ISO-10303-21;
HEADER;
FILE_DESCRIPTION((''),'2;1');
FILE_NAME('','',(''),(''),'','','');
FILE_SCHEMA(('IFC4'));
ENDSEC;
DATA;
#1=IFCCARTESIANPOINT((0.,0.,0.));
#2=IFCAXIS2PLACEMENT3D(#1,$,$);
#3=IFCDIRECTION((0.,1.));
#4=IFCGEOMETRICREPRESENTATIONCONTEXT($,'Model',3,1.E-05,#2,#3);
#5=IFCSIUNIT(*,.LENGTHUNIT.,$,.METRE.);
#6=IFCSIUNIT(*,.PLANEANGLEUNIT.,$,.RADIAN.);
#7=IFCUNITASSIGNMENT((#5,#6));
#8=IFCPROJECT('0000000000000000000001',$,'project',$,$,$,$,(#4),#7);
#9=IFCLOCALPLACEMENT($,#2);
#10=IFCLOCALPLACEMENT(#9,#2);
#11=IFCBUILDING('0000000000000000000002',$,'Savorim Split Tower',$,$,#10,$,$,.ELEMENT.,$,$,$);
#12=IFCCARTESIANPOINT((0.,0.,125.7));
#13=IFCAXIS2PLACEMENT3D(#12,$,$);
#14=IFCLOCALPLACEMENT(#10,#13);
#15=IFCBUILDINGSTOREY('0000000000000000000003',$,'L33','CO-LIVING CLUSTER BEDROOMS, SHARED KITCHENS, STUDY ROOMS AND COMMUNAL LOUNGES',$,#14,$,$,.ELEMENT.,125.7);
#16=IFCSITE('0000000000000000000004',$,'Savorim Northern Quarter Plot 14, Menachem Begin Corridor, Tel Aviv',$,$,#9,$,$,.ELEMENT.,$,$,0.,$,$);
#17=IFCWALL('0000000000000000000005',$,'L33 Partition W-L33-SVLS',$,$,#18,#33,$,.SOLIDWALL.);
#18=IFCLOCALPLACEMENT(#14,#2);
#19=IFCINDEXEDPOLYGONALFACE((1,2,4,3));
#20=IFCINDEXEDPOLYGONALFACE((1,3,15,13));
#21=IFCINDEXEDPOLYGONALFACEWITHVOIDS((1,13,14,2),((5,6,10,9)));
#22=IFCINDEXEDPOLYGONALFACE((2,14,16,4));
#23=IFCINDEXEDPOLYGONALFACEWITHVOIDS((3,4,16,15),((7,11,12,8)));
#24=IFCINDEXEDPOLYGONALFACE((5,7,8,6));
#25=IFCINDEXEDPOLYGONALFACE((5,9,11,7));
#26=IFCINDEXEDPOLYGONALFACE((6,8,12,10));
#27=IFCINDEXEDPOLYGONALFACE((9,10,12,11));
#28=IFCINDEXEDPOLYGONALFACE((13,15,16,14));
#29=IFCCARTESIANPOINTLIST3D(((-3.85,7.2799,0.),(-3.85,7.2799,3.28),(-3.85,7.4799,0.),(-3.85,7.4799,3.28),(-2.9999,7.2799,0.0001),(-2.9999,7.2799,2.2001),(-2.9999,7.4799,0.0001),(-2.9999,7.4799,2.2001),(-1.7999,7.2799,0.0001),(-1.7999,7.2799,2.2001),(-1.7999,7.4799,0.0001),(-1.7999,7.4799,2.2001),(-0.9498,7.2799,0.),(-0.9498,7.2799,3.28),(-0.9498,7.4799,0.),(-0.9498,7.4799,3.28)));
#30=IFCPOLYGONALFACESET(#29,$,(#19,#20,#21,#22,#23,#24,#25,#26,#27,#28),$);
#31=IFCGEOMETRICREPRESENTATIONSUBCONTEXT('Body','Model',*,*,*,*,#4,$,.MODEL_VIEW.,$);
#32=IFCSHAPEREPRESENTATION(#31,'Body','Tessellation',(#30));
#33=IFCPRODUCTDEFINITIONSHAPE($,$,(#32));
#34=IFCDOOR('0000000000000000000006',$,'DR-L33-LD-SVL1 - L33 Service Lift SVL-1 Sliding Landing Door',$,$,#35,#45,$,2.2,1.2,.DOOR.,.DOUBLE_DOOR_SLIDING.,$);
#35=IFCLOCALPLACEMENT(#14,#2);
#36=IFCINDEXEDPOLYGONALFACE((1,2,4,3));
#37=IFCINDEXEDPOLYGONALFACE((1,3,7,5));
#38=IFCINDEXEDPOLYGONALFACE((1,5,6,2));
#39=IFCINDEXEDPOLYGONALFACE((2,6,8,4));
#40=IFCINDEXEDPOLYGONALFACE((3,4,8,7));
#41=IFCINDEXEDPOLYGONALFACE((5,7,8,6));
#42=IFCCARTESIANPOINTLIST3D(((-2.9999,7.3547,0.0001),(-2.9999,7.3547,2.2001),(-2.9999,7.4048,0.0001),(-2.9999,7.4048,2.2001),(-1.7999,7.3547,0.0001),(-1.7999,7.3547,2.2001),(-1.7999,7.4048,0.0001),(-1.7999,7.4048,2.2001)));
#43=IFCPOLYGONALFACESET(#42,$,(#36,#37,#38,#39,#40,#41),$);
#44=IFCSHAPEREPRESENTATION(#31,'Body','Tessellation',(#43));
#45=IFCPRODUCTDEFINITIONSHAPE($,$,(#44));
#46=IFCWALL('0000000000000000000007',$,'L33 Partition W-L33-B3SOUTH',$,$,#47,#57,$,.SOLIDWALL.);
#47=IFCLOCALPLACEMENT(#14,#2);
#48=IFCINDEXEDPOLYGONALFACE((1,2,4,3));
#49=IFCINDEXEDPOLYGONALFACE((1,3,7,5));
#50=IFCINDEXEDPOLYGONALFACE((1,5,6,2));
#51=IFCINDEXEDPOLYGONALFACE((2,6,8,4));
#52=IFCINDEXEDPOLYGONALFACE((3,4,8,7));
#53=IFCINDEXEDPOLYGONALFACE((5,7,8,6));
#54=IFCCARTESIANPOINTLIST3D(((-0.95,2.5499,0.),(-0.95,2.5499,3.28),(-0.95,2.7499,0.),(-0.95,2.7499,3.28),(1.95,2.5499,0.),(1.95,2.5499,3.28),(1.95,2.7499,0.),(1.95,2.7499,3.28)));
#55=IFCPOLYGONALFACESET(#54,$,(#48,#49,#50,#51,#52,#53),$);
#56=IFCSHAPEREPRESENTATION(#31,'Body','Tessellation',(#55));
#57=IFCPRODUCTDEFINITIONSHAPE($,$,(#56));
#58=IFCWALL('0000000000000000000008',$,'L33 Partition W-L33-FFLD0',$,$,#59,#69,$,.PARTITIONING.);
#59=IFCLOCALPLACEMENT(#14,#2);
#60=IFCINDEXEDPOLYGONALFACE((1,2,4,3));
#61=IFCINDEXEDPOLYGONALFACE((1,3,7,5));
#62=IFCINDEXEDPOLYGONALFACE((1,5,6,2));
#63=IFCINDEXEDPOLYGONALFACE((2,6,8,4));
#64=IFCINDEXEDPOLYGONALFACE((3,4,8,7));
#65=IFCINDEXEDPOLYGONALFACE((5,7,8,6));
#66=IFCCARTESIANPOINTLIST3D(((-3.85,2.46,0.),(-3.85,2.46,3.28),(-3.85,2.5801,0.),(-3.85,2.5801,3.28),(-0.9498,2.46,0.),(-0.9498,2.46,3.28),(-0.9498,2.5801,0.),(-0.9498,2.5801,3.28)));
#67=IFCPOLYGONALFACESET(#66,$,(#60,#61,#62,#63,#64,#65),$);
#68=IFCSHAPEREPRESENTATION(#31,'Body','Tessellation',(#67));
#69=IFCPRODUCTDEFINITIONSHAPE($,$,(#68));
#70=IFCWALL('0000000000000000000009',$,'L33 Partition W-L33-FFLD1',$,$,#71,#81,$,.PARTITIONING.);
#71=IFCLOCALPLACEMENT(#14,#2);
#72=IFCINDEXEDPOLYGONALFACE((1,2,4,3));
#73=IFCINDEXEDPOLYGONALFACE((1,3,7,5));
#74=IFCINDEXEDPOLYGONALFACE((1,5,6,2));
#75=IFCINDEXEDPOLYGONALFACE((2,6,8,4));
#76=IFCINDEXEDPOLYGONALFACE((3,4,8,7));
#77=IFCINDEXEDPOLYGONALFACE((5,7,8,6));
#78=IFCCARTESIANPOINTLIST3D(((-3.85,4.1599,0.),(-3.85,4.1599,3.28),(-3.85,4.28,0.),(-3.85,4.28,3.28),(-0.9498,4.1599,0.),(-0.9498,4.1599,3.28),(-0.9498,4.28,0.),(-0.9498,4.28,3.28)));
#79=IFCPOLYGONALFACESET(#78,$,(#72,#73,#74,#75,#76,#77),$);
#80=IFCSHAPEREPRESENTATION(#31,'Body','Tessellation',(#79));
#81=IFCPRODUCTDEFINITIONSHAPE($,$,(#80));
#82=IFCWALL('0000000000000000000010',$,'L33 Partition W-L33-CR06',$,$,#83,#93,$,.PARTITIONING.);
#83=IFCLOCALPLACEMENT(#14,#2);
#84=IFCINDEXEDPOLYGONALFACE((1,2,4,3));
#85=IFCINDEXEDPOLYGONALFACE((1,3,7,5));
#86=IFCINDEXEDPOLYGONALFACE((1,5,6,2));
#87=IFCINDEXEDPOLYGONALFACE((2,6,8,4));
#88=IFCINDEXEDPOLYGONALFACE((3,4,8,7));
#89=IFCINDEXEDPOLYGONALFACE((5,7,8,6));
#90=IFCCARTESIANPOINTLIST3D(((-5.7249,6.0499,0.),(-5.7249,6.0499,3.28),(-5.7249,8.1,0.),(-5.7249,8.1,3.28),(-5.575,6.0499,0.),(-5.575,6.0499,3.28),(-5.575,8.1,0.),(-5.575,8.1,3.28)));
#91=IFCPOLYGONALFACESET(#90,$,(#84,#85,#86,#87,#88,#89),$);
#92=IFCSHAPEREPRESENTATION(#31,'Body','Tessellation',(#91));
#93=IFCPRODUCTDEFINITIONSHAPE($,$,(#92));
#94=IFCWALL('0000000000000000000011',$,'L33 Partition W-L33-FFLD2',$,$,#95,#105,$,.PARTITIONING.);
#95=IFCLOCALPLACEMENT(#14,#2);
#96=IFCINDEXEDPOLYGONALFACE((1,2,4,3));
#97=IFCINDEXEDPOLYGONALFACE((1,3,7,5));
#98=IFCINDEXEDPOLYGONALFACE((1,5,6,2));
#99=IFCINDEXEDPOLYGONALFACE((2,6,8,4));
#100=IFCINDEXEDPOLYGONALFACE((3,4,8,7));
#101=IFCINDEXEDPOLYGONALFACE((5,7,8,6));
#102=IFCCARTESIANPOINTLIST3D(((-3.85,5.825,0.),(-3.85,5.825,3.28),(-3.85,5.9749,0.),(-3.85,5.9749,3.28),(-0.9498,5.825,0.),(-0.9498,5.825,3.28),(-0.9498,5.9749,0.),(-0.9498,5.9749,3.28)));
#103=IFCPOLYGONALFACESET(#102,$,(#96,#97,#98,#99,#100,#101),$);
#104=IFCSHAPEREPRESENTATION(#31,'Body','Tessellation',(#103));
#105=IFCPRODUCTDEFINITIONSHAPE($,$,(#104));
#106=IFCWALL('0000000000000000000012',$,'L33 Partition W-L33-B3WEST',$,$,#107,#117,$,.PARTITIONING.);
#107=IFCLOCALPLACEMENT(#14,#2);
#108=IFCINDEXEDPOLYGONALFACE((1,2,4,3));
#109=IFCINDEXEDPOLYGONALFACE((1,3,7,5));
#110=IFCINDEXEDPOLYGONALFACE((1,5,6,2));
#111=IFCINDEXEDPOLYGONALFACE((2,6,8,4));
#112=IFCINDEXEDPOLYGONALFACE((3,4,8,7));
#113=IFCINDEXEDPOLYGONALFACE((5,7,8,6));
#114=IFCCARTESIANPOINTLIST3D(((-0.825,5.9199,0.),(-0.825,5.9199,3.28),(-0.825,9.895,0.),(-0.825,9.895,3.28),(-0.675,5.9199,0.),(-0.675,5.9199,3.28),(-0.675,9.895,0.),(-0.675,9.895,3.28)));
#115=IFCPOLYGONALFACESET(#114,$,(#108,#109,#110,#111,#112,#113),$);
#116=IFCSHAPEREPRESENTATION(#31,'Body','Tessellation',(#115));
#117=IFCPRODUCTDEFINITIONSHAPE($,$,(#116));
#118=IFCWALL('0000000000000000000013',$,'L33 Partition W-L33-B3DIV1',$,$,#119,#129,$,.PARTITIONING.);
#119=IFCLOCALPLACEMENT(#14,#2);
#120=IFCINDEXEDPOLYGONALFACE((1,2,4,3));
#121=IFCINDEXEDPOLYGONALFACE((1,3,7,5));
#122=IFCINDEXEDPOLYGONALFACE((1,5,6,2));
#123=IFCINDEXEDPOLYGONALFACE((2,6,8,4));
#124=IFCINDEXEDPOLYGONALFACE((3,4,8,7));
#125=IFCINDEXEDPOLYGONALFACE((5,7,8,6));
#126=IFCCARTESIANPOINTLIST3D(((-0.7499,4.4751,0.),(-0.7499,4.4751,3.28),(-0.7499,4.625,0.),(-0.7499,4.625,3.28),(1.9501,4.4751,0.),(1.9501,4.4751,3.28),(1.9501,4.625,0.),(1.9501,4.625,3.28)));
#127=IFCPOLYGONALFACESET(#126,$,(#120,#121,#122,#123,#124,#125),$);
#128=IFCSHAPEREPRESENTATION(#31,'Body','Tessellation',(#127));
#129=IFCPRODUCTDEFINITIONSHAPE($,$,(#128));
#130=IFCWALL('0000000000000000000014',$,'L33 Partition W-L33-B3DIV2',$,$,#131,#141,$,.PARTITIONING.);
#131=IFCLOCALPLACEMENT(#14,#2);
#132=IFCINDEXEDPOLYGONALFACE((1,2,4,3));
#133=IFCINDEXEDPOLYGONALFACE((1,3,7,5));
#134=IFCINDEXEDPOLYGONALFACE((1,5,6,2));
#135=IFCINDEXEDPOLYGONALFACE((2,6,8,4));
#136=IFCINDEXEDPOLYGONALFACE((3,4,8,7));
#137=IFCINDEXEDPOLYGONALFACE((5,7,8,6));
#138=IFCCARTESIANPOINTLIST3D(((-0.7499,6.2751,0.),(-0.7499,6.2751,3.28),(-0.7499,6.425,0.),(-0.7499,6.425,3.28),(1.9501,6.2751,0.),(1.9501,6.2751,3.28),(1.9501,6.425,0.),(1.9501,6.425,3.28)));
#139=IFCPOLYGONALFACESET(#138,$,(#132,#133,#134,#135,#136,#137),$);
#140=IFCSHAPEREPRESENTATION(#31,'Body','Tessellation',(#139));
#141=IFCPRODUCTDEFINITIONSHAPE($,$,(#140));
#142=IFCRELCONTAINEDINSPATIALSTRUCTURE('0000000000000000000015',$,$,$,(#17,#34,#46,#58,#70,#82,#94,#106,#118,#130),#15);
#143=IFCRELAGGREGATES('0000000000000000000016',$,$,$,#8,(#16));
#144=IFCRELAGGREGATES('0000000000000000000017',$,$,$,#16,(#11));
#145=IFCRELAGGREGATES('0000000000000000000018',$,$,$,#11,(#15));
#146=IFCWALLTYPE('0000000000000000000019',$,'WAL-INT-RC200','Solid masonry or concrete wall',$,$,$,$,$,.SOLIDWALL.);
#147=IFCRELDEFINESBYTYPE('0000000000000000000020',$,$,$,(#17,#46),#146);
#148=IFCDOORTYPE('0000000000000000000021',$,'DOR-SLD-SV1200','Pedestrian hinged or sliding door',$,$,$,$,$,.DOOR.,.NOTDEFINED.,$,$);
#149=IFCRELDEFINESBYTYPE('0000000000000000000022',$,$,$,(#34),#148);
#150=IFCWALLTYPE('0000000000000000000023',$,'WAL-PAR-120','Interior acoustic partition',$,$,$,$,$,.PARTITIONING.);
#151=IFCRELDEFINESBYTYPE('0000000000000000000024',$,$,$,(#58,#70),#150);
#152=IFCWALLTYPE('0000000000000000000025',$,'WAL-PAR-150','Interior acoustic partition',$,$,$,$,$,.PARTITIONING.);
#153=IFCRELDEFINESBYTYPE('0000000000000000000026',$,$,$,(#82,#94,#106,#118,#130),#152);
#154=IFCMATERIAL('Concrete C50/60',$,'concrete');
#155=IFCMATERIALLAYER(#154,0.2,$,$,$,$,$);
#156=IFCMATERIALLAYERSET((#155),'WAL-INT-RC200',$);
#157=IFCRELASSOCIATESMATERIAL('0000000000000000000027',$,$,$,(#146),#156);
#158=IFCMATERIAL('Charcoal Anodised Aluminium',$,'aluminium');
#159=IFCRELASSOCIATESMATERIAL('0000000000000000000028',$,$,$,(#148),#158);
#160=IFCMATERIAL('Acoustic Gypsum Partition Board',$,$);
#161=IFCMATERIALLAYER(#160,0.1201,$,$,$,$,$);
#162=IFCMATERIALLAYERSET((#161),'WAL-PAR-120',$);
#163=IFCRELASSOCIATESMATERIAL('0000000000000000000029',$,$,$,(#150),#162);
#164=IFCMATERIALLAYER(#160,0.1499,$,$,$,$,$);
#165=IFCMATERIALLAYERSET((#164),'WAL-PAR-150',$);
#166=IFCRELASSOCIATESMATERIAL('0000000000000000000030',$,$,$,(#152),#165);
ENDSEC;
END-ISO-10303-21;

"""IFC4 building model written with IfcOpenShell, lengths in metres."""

from ifc_helpers import new_model, si_unit, direction, frame, frame_2d, origin, place, context, subcontext, project, spatial, rectangle, extrude, material, layer, layer_set, type_object, element, fill, save


model = new_model("IFC4")

# Units and contexts
model_context = context("Model", 3, precision=1e-05, world=origin(), true_north=direction((0.0, 1.0)))
body_context = subcontext(model_context, "Body", "Model", "MODEL_VIEW")
ifc_project = project(units=[si_unit("LENGTHUNIT", "METRE"), si_unit("PLANEANGLEUNIT", "RADIAN")], contexts=[model_context])

# Site, building, storey
site_placement = place(None, origin())
site = spatial("IfcSite", under=ifc_project, at=site_placement, Name="Savorim Northern Quarter Plot 14, Menachem Begin Corridor, Tel Aviv", CompositionType="ELEMENT", RefElevation=0.0)
building_placement = place(site_placement, origin())
building = spatial("IfcBuilding", under=site, at=building_placement, Name="Savorim Split Tower", CompositionType="ELEMENT")
storey_placement = place(building_placement, frame((0.0, 0.0, 125.7)))
storey = spatial("IfcBuildingStorey", under=building, at=storey_placement, Name="L33", Description="CO-LIVING CLUSTER BEDROOMS, SHARED KITCHENS, STUDY ROOMS AND COMMUNAL LOUNGES", CompositionType="ELEMENT", Elevation=125.7)

# Shared definitions
ifc_material_1 = material(Name="Charcoal Anodised Aluminium", Category="aluminium")

# Shared definitions
ifc_material_2 = material(Name="Concrete C50/60", Category="concrete")
ifc_layer_1 = layer(ifc_material_2, 0.2)
ifc_layer_set_1 = layer_set([ifc_layer_1], Name="WAL-INT-RC200")
wall_type_1 = type_object("IfcWallType", Name="WAL-INT-RC200", Description="Solid masonry or concrete wall", PredefinedType="SOLIDWALL", material=ifc_layer_set_1)

# Wall, opening, door
wall_1_placement = place(storey_placement, frame((-3.8501, 7.3799, 0.0), z_axis=(0.0, 0.0, 1.0), x_axis=(1.0, 0.0, 0.0)))
wall_1 = element("IfcWall", 1, at=wall_1_placement, inside=storey, type_object=wall_type_1, Name="L33 Partition W-L33-SVLS", PredefinedType="SOLIDWALL", context=body_context, shape_type="SweptSolid", body=[
    extrude(rectangle(XDim=2.9001, YDim=0.2, at=frame_2d((1.4502, 0.0))), origin(), (0.0, 0.0, 1.0), 3.28),
])
opening_1_placement = place(wall_1_placement, frame((0.8501, 0.0, 0.0)))
opening_1 = element("IfcOpeningElement", 2, at=opening_1_placement, cuts=wall_1, PredefinedType="OPENING", context=body_context, shape_type="SweptSolid", body=[
    extrude(rectangle(XDim=1.2, YDim=2.2, at=frame_2d((0.6001, 1.1001))), frame((0.0, 0.1099, 0.0), z_axis=(0.0, -1.0, 0.0), x_axis=(1.0, 0.0, 0.0)), (0.0, 0.0, 1.0), 0.22),
])
door_type_1 = type_object("IfcDoorType", Name="DOR-SLD-SV1200", Description="Pedestrian hinged or sliding door", OperationType="NOTDEFINED", PredefinedType="DOOR", material=ifc_material_1)
door_1_placement = place(opening_1_placement, origin())
door_1 = element("IfcDoor", 3, at=door_1_placement, inside=storey, type_object=door_type_1, Name="DR-L33-LD-SVL1 - L33 Service Lift SVL-1 Sliding Landing Door", OperationType="DOUBLE_DOOR_SLIDING", OverallHeight=2.2, OverallWidth=1.2, PredefinedType="DOOR", context=body_context, shape_type="SweptSolid", body=[
    extrude(rectangle(XDim=1.2, YDim=2.2, at=frame_2d((0.6001, 1.1001))), frame((0.0, 0.0249, 0.0), z_axis=(0.0, -1.0, 0.0), x_axis=(1.0, 0.0, 0.0)), (0.0, 0.0, 1.0), 0.05),
])
fill(opening_1, door_1)

# Walls
wall_2_placement = place(storey_placement, frame((-0.95, 2.6499, 0.0), z_axis=(0.0, 0.0, 1.0), x_axis=(1.0, 0.0, 0.0)))
element("IfcWall", 4, at=wall_2_placement, inside=storey, type_object=wall_type_1, Name="L33 Partition W-L33-B3SOUTH", PredefinedType="SOLIDWALL", context=body_context, shape_type="SweptSolid", body=[
    extrude(rectangle(XDim=2.8999, YDim=0.2, at=frame_2d((1.45, 0.0))), origin(), (0.0, 0.0, 1.0), 3.28),
])
ifc_material_3 = material(Name="Acoustic Gypsum Partition Board")
ifc_layer_2 = layer(ifc_material_3, 0.1201)
ifc_layer_set_2 = layer_set([ifc_layer_2], Name="WAL-PAR-120")
wall_type_2 = type_object("IfcWallType", Name="WAL-PAR-120", Description="Interior acoustic partition", PredefinedType="PARTITIONING", material=ifc_layer_set_2)
for number, where, z_axis, x_axis, name in (
    (5, (-3.8501, 2.52, 0.0), (0.0, 0.0, 1.0), (1.0, 0.0, 0.0), "L33 Partition W-L33-FFLD0"),
    (6, (-3.8501, 4.22, 0.0), (0.0, 0.0, 1.0), (1.0, 0.0, 0.0), "L33 Partition W-L33-FFLD1"),
):
    element("IfcWall", number, at=place(storey_placement, frame(where, z_axis=z_axis, x_axis=x_axis)), inside=storey, type_object=wall_type_2, Name=name, PredefinedType="PARTITIONING", context=body_context, shape_type="SweptSolid", body=[
        extrude(rectangle(XDim=2.9001, YDim=0.1201, at=frame_2d((1.4502, 0.0))), origin(), (0.0, 0.0, 1.0), 3.28),
    ])
ifc_layer_3 = layer(ifc_material_3, 0.1499)
ifc_layer_set_3 = layer_set([ifc_layer_3], Name="WAL-PAR-150")
wall_type_3 = type_object("IfcWallType", Name="WAL-PAR-150", Description="Interior acoustic partition", PredefinedType="PARTITIONING", material=ifc_layer_set_3)
wall_3_placement = place(storey_placement, frame((-5.6499, 6.05, 0.0), z_axis=(0.0, 0.0, 1.0), x_axis=(0.0, 1.0, 0.0)))
element("IfcWall", 7, at=wall_3_placement, inside=storey, type_object=wall_type_3, Name="L33 Partition W-L33-CR06", PredefinedType="PARTITIONING", context=body_context, shape_type="SweptSolid", body=[
    extrude(rectangle(XDim=2.05, YDim=0.1499, at=frame_2d((1.0249, 0.0))), origin(), (0.0, 0.0, 1.0), 3.28),
])
wall_4_placement = place(storey_placement, frame((-3.8501, 5.8999, 0.0), z_axis=(0.0, 0.0, 1.0), x_axis=(1.0, 0.0, 0.0)))
element("IfcWall", 8, at=wall_4_placement, inside=storey, type_object=wall_type_3, Name="L33 Partition W-L33-FFLD2", PredefinedType="PARTITIONING", context=body_context, shape_type="SweptSolid", body=[
    extrude(rectangle(XDim=2.9001, YDim=0.1499, at=frame_2d((1.4502, 0.0))), origin(), (0.0, 0.0, 1.0), 3.28),
])
wall_5_placement = place(storey_placement, frame((-0.75, 5.9199, 0.0), z_axis=(0.0, 0.0, 1.0), x_axis=(0.0, 1.0, 0.0)))
element("IfcWall", 9, at=wall_5_placement, inside=storey, type_object=wall_type_3, Name="L33 Partition W-L33-B3WEST", PredefinedType="PARTITIONING", context=body_context, shape_type="SweptSolid", body=[
    extrude(rectangle(XDim=3.9751, YDim=0.1499, at=frame_2d((1.9875, 0.0))), origin(), (0.0, 0.0, 1.0), 3.28),
])
for number, where, z_axis, x_axis, name in (
    (10, (-0.75, 4.55, 0.0), (0.0, 0.0, 1.0), (1.0, 0.0, 0.0), "L33 Partition W-L33-B3DIV1"),
    (11, (-0.75, 6.3501, 0.0), (0.0, 0.0, 1.0), (1.0, 0.0, 0.0), "L33 Partition W-L33-B3DIV2"),
):
    element("IfcWall", number, at=place(storey_placement, frame(where, z_axis=z_axis, x_axis=x_axis)), inside=storey, type_object=wall_type_3, Name=name, PredefinedType="PARTITIONING", context=body_context, shape_type="SweptSolid", body=[
        extrude(rectangle(XDim=2.7, YDim=0.1499, at=frame_2d((1.3501, 0.0))), origin(), (0.0, 0.0, 1.0), 3.28),
    ])

save(model, "model.ifc")
